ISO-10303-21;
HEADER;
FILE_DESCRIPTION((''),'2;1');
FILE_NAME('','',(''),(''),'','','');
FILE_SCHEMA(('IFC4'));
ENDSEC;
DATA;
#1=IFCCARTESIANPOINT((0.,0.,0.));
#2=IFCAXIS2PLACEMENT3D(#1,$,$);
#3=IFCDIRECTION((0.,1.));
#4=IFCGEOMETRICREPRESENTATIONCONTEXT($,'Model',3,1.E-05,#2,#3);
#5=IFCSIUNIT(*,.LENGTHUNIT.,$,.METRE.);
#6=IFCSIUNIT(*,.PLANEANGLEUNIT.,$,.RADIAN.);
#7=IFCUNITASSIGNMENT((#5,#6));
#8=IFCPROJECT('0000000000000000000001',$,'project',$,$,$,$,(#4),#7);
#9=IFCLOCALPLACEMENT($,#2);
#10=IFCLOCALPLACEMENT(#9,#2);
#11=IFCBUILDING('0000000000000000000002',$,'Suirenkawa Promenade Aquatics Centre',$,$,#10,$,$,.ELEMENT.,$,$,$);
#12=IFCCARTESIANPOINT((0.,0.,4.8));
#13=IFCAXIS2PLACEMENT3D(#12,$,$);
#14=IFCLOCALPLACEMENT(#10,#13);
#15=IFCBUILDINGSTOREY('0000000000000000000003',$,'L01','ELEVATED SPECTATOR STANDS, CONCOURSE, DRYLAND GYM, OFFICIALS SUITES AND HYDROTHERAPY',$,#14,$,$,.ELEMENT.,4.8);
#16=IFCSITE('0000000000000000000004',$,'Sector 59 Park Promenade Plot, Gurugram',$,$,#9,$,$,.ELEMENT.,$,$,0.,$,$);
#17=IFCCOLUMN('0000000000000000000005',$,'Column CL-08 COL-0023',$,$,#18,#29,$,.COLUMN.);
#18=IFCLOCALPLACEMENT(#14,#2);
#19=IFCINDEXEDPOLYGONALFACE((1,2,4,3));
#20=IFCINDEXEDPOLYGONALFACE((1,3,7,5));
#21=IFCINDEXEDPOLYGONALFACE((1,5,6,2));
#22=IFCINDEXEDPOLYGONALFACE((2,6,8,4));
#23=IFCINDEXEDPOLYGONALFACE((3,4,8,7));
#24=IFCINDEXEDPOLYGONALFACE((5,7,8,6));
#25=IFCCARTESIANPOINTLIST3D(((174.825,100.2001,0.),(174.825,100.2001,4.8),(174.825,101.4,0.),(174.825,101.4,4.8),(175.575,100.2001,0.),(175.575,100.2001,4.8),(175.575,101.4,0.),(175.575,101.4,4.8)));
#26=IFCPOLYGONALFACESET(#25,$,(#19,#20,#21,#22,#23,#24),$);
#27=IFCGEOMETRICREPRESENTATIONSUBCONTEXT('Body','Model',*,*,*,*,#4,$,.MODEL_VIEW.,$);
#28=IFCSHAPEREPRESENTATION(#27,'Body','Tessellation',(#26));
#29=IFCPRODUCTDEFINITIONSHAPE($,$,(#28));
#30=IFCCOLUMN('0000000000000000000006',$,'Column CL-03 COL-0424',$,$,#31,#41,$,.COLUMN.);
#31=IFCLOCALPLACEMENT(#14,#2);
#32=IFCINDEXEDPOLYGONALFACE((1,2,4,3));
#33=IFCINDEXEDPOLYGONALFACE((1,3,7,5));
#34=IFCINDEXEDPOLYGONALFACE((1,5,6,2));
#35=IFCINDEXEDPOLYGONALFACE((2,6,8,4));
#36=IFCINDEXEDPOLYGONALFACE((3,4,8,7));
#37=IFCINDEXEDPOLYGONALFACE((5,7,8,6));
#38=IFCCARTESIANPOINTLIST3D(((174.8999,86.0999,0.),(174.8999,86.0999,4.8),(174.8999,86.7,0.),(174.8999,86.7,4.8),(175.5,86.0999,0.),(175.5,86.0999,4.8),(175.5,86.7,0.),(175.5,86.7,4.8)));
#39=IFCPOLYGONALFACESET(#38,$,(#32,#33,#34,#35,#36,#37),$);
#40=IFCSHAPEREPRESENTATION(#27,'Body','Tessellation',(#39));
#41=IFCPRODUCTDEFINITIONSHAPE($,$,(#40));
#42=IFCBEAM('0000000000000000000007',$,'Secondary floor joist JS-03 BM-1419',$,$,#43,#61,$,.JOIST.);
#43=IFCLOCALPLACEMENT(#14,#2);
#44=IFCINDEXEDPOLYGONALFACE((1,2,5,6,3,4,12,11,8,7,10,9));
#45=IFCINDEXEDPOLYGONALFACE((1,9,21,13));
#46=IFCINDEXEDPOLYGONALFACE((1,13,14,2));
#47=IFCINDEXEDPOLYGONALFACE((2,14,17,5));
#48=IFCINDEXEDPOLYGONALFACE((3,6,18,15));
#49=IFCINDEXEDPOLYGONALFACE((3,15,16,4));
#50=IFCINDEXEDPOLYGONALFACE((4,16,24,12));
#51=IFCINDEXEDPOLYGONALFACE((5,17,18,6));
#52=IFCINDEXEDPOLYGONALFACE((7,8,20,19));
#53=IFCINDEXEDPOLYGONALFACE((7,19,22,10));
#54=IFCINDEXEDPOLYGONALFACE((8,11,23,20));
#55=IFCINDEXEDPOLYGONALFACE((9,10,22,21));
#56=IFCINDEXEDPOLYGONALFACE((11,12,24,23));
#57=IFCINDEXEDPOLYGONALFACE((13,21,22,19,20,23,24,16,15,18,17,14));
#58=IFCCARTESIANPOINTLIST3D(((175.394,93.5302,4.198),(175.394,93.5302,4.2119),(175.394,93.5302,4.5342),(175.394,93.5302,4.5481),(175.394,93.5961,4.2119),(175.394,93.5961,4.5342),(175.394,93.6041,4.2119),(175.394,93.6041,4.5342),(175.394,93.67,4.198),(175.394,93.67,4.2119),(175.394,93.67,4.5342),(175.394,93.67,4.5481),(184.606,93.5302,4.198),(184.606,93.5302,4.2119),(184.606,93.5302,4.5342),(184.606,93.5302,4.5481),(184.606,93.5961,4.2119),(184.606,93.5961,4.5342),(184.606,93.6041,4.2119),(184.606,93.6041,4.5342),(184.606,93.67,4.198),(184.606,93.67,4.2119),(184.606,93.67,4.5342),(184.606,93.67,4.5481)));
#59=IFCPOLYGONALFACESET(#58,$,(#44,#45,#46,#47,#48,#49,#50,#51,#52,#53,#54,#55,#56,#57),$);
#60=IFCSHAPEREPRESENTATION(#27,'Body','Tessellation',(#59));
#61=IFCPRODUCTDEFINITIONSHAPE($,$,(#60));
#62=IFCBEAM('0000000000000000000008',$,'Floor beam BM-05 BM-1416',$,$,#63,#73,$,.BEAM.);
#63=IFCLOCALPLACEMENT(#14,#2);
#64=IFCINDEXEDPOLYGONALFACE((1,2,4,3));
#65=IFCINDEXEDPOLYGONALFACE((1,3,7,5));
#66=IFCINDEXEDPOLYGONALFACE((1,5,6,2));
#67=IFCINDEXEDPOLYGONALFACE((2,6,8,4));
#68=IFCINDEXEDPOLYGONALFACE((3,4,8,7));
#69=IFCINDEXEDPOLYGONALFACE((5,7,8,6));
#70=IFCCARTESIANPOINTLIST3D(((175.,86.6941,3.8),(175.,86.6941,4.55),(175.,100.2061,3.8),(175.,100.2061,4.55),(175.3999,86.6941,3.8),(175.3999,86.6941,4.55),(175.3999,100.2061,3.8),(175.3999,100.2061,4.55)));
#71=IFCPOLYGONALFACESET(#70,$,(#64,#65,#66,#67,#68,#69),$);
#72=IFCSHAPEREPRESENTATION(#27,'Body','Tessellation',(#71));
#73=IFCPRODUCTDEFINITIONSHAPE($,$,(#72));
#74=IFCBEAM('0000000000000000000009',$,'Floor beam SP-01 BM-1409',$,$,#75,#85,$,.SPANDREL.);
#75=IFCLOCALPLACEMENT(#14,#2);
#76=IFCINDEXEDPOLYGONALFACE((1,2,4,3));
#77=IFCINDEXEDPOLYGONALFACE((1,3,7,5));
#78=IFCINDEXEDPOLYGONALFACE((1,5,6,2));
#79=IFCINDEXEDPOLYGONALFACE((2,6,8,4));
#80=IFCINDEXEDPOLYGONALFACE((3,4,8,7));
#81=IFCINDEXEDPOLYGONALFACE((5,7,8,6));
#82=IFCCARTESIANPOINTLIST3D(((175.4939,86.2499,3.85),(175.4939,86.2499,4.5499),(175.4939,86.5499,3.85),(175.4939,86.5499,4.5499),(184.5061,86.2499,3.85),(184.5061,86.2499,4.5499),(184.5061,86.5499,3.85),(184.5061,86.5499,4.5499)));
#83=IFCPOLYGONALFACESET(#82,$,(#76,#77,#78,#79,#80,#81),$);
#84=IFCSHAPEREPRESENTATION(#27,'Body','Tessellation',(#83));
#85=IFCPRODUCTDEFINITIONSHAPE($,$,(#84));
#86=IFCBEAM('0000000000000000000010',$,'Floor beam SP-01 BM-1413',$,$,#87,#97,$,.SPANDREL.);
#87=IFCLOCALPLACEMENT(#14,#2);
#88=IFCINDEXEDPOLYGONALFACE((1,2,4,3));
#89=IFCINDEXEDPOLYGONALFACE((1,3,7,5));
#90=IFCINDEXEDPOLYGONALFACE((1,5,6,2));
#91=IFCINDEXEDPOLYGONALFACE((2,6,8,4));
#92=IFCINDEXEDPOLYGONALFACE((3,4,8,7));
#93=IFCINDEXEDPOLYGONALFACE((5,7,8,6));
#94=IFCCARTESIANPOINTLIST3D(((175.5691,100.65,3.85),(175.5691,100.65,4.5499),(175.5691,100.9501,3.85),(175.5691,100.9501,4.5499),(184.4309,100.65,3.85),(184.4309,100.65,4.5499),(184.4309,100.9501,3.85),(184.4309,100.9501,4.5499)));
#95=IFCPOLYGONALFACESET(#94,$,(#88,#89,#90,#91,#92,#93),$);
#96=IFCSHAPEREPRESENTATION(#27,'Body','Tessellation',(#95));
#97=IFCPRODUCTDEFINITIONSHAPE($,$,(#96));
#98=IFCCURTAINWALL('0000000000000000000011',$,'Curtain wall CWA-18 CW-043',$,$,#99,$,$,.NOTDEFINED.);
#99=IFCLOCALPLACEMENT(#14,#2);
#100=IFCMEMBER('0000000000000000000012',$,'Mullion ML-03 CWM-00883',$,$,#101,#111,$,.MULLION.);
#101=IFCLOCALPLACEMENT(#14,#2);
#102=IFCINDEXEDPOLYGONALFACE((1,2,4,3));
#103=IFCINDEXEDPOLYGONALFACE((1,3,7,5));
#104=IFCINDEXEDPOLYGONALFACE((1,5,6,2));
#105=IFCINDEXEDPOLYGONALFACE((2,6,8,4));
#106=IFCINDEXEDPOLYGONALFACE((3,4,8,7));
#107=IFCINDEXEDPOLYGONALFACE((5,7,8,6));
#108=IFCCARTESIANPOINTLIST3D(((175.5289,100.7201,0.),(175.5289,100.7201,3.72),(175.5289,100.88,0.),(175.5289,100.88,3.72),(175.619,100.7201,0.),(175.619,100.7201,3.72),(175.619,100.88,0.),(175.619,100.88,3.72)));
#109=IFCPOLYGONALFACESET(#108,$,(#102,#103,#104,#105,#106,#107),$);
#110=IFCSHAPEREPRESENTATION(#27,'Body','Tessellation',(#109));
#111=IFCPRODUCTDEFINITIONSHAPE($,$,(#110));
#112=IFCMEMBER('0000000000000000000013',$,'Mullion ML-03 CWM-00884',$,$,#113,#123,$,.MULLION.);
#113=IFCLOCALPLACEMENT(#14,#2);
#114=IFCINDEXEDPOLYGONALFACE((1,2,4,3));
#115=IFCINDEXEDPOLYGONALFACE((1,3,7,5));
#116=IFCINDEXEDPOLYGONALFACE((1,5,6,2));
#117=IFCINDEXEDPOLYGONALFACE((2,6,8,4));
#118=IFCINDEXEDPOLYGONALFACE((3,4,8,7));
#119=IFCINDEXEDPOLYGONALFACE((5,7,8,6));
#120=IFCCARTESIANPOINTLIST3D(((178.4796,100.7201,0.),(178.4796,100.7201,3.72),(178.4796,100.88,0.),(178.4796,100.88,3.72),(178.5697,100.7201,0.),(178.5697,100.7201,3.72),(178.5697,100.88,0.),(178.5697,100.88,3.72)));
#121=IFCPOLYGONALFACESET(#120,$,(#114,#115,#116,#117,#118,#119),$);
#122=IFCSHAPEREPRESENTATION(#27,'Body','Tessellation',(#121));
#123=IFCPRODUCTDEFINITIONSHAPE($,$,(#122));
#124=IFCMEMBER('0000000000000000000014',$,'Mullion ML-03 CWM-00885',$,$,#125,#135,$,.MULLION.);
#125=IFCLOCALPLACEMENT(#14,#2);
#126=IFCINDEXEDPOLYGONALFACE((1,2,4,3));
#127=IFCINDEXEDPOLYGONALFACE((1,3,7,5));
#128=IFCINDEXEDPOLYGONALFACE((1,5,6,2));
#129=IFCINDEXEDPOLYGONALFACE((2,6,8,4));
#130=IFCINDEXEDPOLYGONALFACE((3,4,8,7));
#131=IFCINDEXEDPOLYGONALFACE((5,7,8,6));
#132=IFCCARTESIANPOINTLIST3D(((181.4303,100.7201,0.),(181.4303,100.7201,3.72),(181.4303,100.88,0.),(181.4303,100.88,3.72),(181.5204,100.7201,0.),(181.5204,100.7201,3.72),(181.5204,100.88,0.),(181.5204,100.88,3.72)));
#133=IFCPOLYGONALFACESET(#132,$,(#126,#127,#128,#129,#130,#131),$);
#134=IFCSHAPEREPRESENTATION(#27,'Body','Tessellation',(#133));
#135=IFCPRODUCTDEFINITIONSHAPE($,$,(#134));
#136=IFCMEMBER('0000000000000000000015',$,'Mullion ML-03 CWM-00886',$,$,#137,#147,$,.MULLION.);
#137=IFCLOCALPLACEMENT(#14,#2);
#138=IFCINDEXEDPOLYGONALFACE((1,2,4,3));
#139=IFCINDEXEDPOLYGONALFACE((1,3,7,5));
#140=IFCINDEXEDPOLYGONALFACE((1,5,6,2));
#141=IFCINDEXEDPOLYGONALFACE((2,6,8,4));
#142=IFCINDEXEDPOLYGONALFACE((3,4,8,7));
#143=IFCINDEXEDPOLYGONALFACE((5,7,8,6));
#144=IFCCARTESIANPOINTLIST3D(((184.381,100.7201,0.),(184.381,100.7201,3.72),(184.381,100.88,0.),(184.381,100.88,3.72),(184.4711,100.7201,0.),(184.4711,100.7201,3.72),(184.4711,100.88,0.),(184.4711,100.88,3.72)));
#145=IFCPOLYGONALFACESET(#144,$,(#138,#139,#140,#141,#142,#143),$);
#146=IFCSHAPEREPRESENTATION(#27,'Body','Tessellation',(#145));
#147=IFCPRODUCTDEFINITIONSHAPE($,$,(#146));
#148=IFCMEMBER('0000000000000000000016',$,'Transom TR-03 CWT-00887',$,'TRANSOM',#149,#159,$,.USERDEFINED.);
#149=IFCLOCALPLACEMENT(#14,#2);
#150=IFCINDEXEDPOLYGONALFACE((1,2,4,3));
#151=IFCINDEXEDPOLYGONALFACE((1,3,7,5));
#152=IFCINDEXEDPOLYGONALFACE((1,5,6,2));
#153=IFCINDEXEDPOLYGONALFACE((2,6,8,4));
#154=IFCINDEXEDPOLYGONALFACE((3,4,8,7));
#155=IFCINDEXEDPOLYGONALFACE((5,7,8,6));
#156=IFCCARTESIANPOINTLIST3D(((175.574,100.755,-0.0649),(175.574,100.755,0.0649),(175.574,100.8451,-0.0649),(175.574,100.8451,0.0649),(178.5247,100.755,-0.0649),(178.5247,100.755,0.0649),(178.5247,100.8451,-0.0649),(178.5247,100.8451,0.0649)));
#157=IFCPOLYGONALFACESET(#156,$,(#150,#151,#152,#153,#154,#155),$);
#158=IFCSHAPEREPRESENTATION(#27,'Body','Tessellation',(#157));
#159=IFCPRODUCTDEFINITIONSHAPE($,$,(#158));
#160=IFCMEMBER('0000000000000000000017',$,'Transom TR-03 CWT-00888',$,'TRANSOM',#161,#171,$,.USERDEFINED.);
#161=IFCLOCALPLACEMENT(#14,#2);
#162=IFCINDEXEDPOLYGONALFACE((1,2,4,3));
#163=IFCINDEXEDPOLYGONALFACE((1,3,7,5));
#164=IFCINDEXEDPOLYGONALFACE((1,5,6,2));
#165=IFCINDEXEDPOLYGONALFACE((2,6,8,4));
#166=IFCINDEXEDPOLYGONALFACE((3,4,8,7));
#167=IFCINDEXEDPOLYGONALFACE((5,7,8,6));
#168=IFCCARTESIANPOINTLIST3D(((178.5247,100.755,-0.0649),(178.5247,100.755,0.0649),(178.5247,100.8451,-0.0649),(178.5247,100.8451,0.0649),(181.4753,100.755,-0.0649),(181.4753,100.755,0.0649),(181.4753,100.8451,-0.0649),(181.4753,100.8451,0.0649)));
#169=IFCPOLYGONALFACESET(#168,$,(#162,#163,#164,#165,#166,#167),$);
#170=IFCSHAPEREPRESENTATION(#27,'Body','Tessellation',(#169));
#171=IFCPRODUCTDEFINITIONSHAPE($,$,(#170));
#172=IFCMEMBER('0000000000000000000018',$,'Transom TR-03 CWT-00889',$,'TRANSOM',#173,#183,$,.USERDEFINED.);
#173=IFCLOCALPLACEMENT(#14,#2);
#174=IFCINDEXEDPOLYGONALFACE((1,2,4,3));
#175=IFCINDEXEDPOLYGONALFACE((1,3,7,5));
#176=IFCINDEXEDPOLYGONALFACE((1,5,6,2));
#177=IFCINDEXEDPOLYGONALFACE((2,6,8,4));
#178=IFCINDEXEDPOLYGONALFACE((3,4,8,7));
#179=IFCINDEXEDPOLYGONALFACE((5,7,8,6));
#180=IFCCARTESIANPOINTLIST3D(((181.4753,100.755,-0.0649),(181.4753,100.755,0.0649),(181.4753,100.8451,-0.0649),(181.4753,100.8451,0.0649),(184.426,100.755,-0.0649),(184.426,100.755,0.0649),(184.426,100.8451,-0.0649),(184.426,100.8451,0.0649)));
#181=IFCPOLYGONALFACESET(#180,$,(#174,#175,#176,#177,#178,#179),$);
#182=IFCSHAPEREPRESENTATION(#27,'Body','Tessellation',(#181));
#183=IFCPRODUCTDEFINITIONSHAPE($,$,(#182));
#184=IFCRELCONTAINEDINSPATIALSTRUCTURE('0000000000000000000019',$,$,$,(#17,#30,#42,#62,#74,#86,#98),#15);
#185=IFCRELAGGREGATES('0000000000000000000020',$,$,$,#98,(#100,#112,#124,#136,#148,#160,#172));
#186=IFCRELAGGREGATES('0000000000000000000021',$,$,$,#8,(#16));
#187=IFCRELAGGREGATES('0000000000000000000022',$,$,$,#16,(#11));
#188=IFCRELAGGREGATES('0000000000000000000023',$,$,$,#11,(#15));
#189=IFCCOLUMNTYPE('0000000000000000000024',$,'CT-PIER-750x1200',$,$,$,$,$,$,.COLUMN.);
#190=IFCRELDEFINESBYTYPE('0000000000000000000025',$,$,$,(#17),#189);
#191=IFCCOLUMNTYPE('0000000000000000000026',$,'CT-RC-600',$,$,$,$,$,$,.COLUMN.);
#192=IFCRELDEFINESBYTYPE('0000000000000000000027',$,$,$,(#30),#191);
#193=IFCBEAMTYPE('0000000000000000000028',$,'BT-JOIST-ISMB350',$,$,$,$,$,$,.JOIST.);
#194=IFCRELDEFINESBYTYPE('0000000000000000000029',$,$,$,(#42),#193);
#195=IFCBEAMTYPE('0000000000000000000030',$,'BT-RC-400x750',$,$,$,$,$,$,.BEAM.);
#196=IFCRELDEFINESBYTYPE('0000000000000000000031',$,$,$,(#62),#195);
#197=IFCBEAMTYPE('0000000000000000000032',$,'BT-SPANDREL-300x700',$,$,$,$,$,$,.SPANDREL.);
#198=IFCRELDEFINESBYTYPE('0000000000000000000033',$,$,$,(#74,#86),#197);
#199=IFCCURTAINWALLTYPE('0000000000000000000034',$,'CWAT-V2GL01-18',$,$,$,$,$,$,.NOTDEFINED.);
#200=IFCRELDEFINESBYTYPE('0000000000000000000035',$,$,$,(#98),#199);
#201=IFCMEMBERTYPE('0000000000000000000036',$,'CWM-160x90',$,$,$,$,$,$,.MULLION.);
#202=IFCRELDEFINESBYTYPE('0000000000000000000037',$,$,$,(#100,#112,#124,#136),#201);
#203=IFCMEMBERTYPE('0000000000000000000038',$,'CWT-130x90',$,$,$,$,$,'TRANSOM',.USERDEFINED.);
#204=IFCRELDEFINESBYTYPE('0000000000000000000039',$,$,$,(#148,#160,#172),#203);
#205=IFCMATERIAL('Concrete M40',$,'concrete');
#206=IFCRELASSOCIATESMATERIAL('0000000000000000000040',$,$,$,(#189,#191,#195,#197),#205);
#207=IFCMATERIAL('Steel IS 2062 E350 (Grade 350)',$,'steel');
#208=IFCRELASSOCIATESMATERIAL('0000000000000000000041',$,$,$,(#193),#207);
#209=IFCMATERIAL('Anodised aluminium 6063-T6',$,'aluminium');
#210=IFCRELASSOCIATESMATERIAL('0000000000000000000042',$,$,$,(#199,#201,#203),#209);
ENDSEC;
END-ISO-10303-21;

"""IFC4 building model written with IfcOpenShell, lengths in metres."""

from ifc_helpers import new_model, si_unit, direction, frame, origin, origin_2d, place, context, subcontext, project, spatial, rectangle, i_section, extrude, material, material_profile, profile_set, type_object, element, aggregate, save


model = new_model("IFC4")

# Units and contexts
model_context = context("Model", 3, precision=1e-05, world=origin(), true_north=direction((0.0, 1.0)))
body_context = subcontext(model_context, "Body", "Model", "MODEL_VIEW")
ifc_project = project(units=[si_unit("LENGTHUNIT", "METRE"), si_unit("PLANEANGLEUNIT", "RADIAN")], contexts=[model_context])

# Site, building, storey
site_placement = place(None, origin())
site = spatial("IfcSite", under=ifc_project, at=site_placement, Name="Sector 59 Park Promenade Plot, Gurugram", CompositionType="ELEMENT", RefElevation=0.0)
building_placement = place(site_placement, origin())
building = spatial("IfcBuilding", under=site, at=building_placement, Name="Suirenkawa Promenade Aquatics Centre", CompositionType="ELEMENT")
storey_placement = place(building_placement, frame((0.0, 0.0, 4.8)))
storey = spatial("IfcBuildingStorey", under=building, at=storey_placement, Name="L01", Description="ELEVATED SPECTATOR STANDS, CONCOURSE, DRYLAND GYM, OFFICIALS SUITES AND HYDROTHERAPY", CompositionType="ELEMENT", Elevation=4.8)

# Columns
ifc_material_1 = material(Name="Concrete M40", Category="concrete")
ifc_material_profile_1 = material_profile(ifc_material_1, rectangle(XDim=0.75, YDim=1.2, at=origin_2d()), Name="RC PIER 750x1200", Category="concrete")
ifc_profile_set_1 = profile_set([ifc_material_profile_1], Name="Concrete M40")
column_type_1 = type_object("IfcColumnType", Name="CT-PIER-750x1200", PredefinedType="COLUMN", material=ifc_profile_set_1)
column_1_placement = place(storey_placement, frame((175.2, 100.8, 0.0), z_axis=(0.0, 0.0, 1.0), x_axis=(1.0, 0.0, 0.0)))
element("IfcColumn", 1, at=column_1_placement, inside=storey, type_object=column_type_1, Name="Column CL-08 COL-0023", PredefinedType="COLUMN", context=body_context, shape_type="SweptSolid", body=[
    extrude(rectangle(XDim=0.75, YDim=1.2, at=origin_2d()), origin(), (0.0, 0.0, 1.0), 4.8),
])
ifc_material_profile_2 = material_profile(ifc_material_1, rectangle(XDim=0.6001, YDim=0.6001, at=origin_2d()), Name="RC COL 600x600", Category="concrete")
ifc_profile_set_2 = profile_set([ifc_material_profile_2], Name="Concrete M40")
column_type_2 = type_object("IfcColumnType", Name="CT-RC-600", PredefinedType="COLUMN", material=ifc_profile_set_2)
column_2_placement = place(storey_placement, frame((175.2, 86.3999, 0.0), z_axis=(0.0, 0.0, 1.0), x_axis=(1.0, 0.0, 0.0)))
element("IfcColumn", 2, at=column_2_placement, inside=storey, type_object=column_type_2, Name="Column CL-03 COL-0424", PredefinedType="COLUMN", context=body_context, shape_type="SweptSolid", body=[
    extrude(rectangle(XDim=0.6001, YDim=0.6001, at=origin_2d()), origin(), (0.0, 0.0, 1.0), 4.8),
])

# Beams
ifc_material_2 = material(Name="Steel IS 2062 E350 (Grade 350)", Category="steel")
ifc_material_profile_3 = material_profile(ifc_material_2, i_section(OverallWidth=0.1399, OverallDepth=0.3501, WebThickness=0.0081, FlangeThickness=0.0139, at=origin_2d()), Name="ISMB 350", Category="steel")
ifc_profile_set_3 = profile_set([ifc_material_profile_3], Name="Steel IS 2062 E350 (Grade 350)")
beam_type_1 = type_object("IfcBeamType", Name="BT-JOIST-ISMB350", PredefinedType="JOIST", material=ifc_profile_set_3)
beam_1_placement = place(storey_placement, frame((175.394, 93.6001, 4.373), z_axis=(1.0, 0.0, 0.0), x_axis=(0.0, 1.0, 0.0)))
element("IfcBeam", 3, at=beam_1_placement, inside=storey, type_object=beam_type_1, Name="Secondary floor joist JS-03 BM-1419", PredefinedType="JOIST", context=body_context, shape_type="SweptSolid", body=[
    extrude(i_section(OverallWidth=0.1399, OverallDepth=0.3501, WebThickness=0.0081, FlangeThickness=0.0139, at=origin_2d()), origin(), (0.0, 0.0, 1.0), 9.2119),
])
ifc_material_profile_4 = material_profile(ifc_material_1, rectangle(XDim=0.3999, YDim=0.75, at=origin_2d()), Name="RC BM 400x750", Category="concrete")
ifc_profile_set_4 = profile_set([ifc_material_profile_4], Name="Concrete M40")
beam_type_2 = type_object("IfcBeamType", Name="BT-RC-400x750", PredefinedType="BEAM", material=ifc_profile_set_4)
beam_2_placement = place(storey_placement, frame((175.2, 86.6941, 4.175), z_axis=(0.0, 1.0, 0.0), x_axis=(-1.0, 0.0, 0.0)))
element("IfcBeam", 4, at=beam_2_placement, inside=storey, type_object=beam_type_2, Name="Floor beam BM-05 BM-1416", PredefinedType="BEAM", context=body_context, shape_type="SweptSolid", body=[
    extrude(rectangle(XDim=0.3999, YDim=0.75, at=origin_2d()), origin(), (0.0, 0.0, 1.0), 13.512),
])
ifc_material_profile_5 = material_profile(ifc_material_1, rectangle(XDim=0.3, YDim=0.7, at=origin_2d()), Name="RC SPANDREL 300x700", Category="concrete")
ifc_profile_set_5 = profile_set([ifc_material_profile_5], Name="Concrete M40")
beam_type_3 = type_object("IfcBeamType", Name="BT-SPANDREL-300x700", PredefinedType="SPANDREL", material=ifc_profile_set_5)
beam_3_placement = place(storey_placement, frame((175.4939, 86.3999, 4.2), z_axis=(1.0, 0.0, 0.0), x_axis=(0.0, 1.0, 0.0)))
element("IfcBeam", 5, at=beam_3_placement, inside=storey, type_object=beam_type_3, Name="Floor beam SP-01 BM-1409", PredefinedType="SPANDREL", context=body_context, shape_type="SweptSolid", body=[
    extrude(rectangle(XDim=0.3, YDim=0.7, at=origin_2d()), origin(), (0.0, 0.0, 1.0), 9.0122),
])
beam_4_placement = place(storey_placement, frame((175.5691, 100.8, 4.2), z_axis=(1.0, 0.0, 0.0), x_axis=(0.0, 1.0, 0.0)))
element("IfcBeam", 6, at=beam_4_placement, inside=storey, type_object=beam_type_3, Name="Floor beam SP-01 BM-1413", PredefinedType="SPANDREL", context=body_context, shape_type="SweptSolid", body=[
    extrude(rectangle(XDim=0.3, YDim=0.7, at=origin_2d()), origin(), (0.0, 0.0, 1.0), 8.8618),
])

# Curtain wall, members
ifc_material_3 = material(Name="Anodised aluminium 6063-T6", Category="aluminium")
curtain_wall_type = type_object("IfcCurtainWallType", Name="CWAT-V2GL01-18", PredefinedType="NOTDEFINED", material=ifc_material_3)
curtain_wall_placement = place(storey_placement, origin())
curtain_wall = element("IfcCurtainWall", 7, at=curtain_wall_placement, inside=storey, type_object=curtain_wall_type, Name="Curtain wall CWA-18 CW-043", PredefinedType="NOTDEFINED")
ifc_material_profile_6 = material_profile(ifc_material_3, rectangle(XDim=0.0901, YDim=0.1599, at=origin_2d()), Name="ALU MULL 90x160", Category="aluminium")
ifc_profile_set_6 = profile_set([ifc_material_profile_6], Name="Anodised aluminium 6063-T6")
member_type_1 = type_object("IfcMemberType", Name="CWM-160x90", PredefinedType="MULLION", material=ifc_profile_set_6)
member_1_placement = place(storey_placement, frame((175.574, 100.8, 0.0), z_axis=(0.0, 0.0, 1.0), x_axis=(1.0, 0.0, 0.0)))
member_1 = element("IfcMember", 8, at=member_1_placement, type_object=member_type_1, Name="Mullion ML-03 CWM-00883", PredefinedType="MULLION", context=body_context, shape_type="SweptSolid", body=[
    extrude(rectangle(XDim=0.0901, YDim=0.1599, at=origin_2d()), origin(), (0.0, 0.0, 1.0), 3.72),
])
member_2_placement = place(storey_placement, frame((178.5247, 100.8, 0.0), z_axis=(0.0, 0.0, 1.0), x_axis=(1.0, 0.0, 0.0)))
member_2 = element("IfcMember", 9, at=member_2_placement, type_object=member_type_1, Name="Mullion ML-03 CWM-00884", PredefinedType="MULLION", context=body_context, shape_type="SweptSolid", body=[
    extrude(rectangle(XDim=0.0901, YDim=0.1599, at=origin_2d()), origin(), (0.0, 0.0, 1.0), 3.72),
])
member_3_placement = place(storey_placement, frame((181.4753, 100.8, 0.0), z_axis=(0.0, 0.0, 1.0), x_axis=(1.0, 0.0, 0.0)))
member_3 = element("IfcMember", 10, at=member_3_placement, type_object=member_type_1, Name="Mullion ML-03 CWM-00885", PredefinedType="MULLION", context=body_context, shape_type="SweptSolid", body=[
    extrude(rectangle(XDim=0.0901, YDim=0.1599, at=origin_2d()), origin(), (0.0, 0.0, 1.0), 3.72),
])
member_4_placement = place(storey_placement, frame((184.426, 100.8, 0.0), z_axis=(0.0, 0.0, 1.0), x_axis=(1.0, 0.0, 0.0)))
member_4 = element("IfcMember", 11, at=member_4_placement, type_object=member_type_1, Name="Mullion ML-03 CWM-00886", PredefinedType="MULLION", context=body_context, shape_type="SweptSolid", body=[
    extrude(rectangle(XDim=0.0901, YDim=0.1599, at=origin_2d()), origin(), (0.0, 0.0, 1.0), 3.72),
])
ifc_material_profile_7 = material_profile(ifc_material_3, rectangle(XDim=0.0901, YDim=0.1299, at=origin_2d()), Name="ALU TRAN 90x130", Category="aluminium")
ifc_profile_set_7 = profile_set([ifc_material_profile_7], Name="Anodised aluminium 6063-T6")
member_type_2 = type_object("IfcMemberType", Name="CWT-130x90", ElementType="TRANSOM", PredefinedType="USERDEFINED", material=ifc_profile_set_7)
member_5_placement = place(storey_placement, frame((175.574, 100.8, 0.0), z_axis=(1.0, 0.0, 0.0), x_axis=(0.0, 1.0, 0.0)))
member_5 = element("IfcMember", 12, at=member_5_placement, type_object=member_type_2, Name="Transom TR-03 CWT-00887", ObjectType="TRANSOM", PredefinedType="USERDEFINED", context=body_context, shape_type="SweptSolid", body=[
    extrude(rectangle(XDim=0.0901, YDim=0.1299, at=origin_2d()), origin(), (0.0, 0.0, 1.0), 2.9507),
])
member_6_placement = place(storey_placement, frame((178.5247, 100.8, 0.0), z_axis=(1.0, 0.0, 0.0), x_axis=(0.0, 1.0, 0.0)))
member_6 = element("IfcMember", 13, at=member_6_placement, type_object=member_type_2, Name="Transom TR-03 CWT-00888", ObjectType="TRANSOM", PredefinedType="USERDEFINED", context=body_context, shape_type="SweptSolid", body=[
    extrude(rectangle(XDim=0.0901, YDim=0.1299, at=origin_2d()), origin(), (0.0, 0.0, 1.0), 2.9507),
])
member_7_placement = place(storey_placement, frame((181.4753, 100.8, 0.0), z_axis=(1.0, 0.0, 0.0), x_axis=(0.0, 1.0, 0.0)))
member_7 = element("IfcMember", 14, at=member_7_placement, type_object=member_type_2, Name="Transom TR-03 CWT-00889", ObjectType="TRANSOM", PredefinedType="USERDEFINED", context=body_context, shape_type="SweptSolid", body=[
    extrude(rectangle(XDim=0.0901, YDim=0.1299, at=origin_2d()), origin(), (0.0, 0.0, 1.0), 2.9507),
])
aggregate(curtain_wall, [member_1, member_2, member_3, member_4, member_5, member_6, member_7])

save(model, "model.ifc")
